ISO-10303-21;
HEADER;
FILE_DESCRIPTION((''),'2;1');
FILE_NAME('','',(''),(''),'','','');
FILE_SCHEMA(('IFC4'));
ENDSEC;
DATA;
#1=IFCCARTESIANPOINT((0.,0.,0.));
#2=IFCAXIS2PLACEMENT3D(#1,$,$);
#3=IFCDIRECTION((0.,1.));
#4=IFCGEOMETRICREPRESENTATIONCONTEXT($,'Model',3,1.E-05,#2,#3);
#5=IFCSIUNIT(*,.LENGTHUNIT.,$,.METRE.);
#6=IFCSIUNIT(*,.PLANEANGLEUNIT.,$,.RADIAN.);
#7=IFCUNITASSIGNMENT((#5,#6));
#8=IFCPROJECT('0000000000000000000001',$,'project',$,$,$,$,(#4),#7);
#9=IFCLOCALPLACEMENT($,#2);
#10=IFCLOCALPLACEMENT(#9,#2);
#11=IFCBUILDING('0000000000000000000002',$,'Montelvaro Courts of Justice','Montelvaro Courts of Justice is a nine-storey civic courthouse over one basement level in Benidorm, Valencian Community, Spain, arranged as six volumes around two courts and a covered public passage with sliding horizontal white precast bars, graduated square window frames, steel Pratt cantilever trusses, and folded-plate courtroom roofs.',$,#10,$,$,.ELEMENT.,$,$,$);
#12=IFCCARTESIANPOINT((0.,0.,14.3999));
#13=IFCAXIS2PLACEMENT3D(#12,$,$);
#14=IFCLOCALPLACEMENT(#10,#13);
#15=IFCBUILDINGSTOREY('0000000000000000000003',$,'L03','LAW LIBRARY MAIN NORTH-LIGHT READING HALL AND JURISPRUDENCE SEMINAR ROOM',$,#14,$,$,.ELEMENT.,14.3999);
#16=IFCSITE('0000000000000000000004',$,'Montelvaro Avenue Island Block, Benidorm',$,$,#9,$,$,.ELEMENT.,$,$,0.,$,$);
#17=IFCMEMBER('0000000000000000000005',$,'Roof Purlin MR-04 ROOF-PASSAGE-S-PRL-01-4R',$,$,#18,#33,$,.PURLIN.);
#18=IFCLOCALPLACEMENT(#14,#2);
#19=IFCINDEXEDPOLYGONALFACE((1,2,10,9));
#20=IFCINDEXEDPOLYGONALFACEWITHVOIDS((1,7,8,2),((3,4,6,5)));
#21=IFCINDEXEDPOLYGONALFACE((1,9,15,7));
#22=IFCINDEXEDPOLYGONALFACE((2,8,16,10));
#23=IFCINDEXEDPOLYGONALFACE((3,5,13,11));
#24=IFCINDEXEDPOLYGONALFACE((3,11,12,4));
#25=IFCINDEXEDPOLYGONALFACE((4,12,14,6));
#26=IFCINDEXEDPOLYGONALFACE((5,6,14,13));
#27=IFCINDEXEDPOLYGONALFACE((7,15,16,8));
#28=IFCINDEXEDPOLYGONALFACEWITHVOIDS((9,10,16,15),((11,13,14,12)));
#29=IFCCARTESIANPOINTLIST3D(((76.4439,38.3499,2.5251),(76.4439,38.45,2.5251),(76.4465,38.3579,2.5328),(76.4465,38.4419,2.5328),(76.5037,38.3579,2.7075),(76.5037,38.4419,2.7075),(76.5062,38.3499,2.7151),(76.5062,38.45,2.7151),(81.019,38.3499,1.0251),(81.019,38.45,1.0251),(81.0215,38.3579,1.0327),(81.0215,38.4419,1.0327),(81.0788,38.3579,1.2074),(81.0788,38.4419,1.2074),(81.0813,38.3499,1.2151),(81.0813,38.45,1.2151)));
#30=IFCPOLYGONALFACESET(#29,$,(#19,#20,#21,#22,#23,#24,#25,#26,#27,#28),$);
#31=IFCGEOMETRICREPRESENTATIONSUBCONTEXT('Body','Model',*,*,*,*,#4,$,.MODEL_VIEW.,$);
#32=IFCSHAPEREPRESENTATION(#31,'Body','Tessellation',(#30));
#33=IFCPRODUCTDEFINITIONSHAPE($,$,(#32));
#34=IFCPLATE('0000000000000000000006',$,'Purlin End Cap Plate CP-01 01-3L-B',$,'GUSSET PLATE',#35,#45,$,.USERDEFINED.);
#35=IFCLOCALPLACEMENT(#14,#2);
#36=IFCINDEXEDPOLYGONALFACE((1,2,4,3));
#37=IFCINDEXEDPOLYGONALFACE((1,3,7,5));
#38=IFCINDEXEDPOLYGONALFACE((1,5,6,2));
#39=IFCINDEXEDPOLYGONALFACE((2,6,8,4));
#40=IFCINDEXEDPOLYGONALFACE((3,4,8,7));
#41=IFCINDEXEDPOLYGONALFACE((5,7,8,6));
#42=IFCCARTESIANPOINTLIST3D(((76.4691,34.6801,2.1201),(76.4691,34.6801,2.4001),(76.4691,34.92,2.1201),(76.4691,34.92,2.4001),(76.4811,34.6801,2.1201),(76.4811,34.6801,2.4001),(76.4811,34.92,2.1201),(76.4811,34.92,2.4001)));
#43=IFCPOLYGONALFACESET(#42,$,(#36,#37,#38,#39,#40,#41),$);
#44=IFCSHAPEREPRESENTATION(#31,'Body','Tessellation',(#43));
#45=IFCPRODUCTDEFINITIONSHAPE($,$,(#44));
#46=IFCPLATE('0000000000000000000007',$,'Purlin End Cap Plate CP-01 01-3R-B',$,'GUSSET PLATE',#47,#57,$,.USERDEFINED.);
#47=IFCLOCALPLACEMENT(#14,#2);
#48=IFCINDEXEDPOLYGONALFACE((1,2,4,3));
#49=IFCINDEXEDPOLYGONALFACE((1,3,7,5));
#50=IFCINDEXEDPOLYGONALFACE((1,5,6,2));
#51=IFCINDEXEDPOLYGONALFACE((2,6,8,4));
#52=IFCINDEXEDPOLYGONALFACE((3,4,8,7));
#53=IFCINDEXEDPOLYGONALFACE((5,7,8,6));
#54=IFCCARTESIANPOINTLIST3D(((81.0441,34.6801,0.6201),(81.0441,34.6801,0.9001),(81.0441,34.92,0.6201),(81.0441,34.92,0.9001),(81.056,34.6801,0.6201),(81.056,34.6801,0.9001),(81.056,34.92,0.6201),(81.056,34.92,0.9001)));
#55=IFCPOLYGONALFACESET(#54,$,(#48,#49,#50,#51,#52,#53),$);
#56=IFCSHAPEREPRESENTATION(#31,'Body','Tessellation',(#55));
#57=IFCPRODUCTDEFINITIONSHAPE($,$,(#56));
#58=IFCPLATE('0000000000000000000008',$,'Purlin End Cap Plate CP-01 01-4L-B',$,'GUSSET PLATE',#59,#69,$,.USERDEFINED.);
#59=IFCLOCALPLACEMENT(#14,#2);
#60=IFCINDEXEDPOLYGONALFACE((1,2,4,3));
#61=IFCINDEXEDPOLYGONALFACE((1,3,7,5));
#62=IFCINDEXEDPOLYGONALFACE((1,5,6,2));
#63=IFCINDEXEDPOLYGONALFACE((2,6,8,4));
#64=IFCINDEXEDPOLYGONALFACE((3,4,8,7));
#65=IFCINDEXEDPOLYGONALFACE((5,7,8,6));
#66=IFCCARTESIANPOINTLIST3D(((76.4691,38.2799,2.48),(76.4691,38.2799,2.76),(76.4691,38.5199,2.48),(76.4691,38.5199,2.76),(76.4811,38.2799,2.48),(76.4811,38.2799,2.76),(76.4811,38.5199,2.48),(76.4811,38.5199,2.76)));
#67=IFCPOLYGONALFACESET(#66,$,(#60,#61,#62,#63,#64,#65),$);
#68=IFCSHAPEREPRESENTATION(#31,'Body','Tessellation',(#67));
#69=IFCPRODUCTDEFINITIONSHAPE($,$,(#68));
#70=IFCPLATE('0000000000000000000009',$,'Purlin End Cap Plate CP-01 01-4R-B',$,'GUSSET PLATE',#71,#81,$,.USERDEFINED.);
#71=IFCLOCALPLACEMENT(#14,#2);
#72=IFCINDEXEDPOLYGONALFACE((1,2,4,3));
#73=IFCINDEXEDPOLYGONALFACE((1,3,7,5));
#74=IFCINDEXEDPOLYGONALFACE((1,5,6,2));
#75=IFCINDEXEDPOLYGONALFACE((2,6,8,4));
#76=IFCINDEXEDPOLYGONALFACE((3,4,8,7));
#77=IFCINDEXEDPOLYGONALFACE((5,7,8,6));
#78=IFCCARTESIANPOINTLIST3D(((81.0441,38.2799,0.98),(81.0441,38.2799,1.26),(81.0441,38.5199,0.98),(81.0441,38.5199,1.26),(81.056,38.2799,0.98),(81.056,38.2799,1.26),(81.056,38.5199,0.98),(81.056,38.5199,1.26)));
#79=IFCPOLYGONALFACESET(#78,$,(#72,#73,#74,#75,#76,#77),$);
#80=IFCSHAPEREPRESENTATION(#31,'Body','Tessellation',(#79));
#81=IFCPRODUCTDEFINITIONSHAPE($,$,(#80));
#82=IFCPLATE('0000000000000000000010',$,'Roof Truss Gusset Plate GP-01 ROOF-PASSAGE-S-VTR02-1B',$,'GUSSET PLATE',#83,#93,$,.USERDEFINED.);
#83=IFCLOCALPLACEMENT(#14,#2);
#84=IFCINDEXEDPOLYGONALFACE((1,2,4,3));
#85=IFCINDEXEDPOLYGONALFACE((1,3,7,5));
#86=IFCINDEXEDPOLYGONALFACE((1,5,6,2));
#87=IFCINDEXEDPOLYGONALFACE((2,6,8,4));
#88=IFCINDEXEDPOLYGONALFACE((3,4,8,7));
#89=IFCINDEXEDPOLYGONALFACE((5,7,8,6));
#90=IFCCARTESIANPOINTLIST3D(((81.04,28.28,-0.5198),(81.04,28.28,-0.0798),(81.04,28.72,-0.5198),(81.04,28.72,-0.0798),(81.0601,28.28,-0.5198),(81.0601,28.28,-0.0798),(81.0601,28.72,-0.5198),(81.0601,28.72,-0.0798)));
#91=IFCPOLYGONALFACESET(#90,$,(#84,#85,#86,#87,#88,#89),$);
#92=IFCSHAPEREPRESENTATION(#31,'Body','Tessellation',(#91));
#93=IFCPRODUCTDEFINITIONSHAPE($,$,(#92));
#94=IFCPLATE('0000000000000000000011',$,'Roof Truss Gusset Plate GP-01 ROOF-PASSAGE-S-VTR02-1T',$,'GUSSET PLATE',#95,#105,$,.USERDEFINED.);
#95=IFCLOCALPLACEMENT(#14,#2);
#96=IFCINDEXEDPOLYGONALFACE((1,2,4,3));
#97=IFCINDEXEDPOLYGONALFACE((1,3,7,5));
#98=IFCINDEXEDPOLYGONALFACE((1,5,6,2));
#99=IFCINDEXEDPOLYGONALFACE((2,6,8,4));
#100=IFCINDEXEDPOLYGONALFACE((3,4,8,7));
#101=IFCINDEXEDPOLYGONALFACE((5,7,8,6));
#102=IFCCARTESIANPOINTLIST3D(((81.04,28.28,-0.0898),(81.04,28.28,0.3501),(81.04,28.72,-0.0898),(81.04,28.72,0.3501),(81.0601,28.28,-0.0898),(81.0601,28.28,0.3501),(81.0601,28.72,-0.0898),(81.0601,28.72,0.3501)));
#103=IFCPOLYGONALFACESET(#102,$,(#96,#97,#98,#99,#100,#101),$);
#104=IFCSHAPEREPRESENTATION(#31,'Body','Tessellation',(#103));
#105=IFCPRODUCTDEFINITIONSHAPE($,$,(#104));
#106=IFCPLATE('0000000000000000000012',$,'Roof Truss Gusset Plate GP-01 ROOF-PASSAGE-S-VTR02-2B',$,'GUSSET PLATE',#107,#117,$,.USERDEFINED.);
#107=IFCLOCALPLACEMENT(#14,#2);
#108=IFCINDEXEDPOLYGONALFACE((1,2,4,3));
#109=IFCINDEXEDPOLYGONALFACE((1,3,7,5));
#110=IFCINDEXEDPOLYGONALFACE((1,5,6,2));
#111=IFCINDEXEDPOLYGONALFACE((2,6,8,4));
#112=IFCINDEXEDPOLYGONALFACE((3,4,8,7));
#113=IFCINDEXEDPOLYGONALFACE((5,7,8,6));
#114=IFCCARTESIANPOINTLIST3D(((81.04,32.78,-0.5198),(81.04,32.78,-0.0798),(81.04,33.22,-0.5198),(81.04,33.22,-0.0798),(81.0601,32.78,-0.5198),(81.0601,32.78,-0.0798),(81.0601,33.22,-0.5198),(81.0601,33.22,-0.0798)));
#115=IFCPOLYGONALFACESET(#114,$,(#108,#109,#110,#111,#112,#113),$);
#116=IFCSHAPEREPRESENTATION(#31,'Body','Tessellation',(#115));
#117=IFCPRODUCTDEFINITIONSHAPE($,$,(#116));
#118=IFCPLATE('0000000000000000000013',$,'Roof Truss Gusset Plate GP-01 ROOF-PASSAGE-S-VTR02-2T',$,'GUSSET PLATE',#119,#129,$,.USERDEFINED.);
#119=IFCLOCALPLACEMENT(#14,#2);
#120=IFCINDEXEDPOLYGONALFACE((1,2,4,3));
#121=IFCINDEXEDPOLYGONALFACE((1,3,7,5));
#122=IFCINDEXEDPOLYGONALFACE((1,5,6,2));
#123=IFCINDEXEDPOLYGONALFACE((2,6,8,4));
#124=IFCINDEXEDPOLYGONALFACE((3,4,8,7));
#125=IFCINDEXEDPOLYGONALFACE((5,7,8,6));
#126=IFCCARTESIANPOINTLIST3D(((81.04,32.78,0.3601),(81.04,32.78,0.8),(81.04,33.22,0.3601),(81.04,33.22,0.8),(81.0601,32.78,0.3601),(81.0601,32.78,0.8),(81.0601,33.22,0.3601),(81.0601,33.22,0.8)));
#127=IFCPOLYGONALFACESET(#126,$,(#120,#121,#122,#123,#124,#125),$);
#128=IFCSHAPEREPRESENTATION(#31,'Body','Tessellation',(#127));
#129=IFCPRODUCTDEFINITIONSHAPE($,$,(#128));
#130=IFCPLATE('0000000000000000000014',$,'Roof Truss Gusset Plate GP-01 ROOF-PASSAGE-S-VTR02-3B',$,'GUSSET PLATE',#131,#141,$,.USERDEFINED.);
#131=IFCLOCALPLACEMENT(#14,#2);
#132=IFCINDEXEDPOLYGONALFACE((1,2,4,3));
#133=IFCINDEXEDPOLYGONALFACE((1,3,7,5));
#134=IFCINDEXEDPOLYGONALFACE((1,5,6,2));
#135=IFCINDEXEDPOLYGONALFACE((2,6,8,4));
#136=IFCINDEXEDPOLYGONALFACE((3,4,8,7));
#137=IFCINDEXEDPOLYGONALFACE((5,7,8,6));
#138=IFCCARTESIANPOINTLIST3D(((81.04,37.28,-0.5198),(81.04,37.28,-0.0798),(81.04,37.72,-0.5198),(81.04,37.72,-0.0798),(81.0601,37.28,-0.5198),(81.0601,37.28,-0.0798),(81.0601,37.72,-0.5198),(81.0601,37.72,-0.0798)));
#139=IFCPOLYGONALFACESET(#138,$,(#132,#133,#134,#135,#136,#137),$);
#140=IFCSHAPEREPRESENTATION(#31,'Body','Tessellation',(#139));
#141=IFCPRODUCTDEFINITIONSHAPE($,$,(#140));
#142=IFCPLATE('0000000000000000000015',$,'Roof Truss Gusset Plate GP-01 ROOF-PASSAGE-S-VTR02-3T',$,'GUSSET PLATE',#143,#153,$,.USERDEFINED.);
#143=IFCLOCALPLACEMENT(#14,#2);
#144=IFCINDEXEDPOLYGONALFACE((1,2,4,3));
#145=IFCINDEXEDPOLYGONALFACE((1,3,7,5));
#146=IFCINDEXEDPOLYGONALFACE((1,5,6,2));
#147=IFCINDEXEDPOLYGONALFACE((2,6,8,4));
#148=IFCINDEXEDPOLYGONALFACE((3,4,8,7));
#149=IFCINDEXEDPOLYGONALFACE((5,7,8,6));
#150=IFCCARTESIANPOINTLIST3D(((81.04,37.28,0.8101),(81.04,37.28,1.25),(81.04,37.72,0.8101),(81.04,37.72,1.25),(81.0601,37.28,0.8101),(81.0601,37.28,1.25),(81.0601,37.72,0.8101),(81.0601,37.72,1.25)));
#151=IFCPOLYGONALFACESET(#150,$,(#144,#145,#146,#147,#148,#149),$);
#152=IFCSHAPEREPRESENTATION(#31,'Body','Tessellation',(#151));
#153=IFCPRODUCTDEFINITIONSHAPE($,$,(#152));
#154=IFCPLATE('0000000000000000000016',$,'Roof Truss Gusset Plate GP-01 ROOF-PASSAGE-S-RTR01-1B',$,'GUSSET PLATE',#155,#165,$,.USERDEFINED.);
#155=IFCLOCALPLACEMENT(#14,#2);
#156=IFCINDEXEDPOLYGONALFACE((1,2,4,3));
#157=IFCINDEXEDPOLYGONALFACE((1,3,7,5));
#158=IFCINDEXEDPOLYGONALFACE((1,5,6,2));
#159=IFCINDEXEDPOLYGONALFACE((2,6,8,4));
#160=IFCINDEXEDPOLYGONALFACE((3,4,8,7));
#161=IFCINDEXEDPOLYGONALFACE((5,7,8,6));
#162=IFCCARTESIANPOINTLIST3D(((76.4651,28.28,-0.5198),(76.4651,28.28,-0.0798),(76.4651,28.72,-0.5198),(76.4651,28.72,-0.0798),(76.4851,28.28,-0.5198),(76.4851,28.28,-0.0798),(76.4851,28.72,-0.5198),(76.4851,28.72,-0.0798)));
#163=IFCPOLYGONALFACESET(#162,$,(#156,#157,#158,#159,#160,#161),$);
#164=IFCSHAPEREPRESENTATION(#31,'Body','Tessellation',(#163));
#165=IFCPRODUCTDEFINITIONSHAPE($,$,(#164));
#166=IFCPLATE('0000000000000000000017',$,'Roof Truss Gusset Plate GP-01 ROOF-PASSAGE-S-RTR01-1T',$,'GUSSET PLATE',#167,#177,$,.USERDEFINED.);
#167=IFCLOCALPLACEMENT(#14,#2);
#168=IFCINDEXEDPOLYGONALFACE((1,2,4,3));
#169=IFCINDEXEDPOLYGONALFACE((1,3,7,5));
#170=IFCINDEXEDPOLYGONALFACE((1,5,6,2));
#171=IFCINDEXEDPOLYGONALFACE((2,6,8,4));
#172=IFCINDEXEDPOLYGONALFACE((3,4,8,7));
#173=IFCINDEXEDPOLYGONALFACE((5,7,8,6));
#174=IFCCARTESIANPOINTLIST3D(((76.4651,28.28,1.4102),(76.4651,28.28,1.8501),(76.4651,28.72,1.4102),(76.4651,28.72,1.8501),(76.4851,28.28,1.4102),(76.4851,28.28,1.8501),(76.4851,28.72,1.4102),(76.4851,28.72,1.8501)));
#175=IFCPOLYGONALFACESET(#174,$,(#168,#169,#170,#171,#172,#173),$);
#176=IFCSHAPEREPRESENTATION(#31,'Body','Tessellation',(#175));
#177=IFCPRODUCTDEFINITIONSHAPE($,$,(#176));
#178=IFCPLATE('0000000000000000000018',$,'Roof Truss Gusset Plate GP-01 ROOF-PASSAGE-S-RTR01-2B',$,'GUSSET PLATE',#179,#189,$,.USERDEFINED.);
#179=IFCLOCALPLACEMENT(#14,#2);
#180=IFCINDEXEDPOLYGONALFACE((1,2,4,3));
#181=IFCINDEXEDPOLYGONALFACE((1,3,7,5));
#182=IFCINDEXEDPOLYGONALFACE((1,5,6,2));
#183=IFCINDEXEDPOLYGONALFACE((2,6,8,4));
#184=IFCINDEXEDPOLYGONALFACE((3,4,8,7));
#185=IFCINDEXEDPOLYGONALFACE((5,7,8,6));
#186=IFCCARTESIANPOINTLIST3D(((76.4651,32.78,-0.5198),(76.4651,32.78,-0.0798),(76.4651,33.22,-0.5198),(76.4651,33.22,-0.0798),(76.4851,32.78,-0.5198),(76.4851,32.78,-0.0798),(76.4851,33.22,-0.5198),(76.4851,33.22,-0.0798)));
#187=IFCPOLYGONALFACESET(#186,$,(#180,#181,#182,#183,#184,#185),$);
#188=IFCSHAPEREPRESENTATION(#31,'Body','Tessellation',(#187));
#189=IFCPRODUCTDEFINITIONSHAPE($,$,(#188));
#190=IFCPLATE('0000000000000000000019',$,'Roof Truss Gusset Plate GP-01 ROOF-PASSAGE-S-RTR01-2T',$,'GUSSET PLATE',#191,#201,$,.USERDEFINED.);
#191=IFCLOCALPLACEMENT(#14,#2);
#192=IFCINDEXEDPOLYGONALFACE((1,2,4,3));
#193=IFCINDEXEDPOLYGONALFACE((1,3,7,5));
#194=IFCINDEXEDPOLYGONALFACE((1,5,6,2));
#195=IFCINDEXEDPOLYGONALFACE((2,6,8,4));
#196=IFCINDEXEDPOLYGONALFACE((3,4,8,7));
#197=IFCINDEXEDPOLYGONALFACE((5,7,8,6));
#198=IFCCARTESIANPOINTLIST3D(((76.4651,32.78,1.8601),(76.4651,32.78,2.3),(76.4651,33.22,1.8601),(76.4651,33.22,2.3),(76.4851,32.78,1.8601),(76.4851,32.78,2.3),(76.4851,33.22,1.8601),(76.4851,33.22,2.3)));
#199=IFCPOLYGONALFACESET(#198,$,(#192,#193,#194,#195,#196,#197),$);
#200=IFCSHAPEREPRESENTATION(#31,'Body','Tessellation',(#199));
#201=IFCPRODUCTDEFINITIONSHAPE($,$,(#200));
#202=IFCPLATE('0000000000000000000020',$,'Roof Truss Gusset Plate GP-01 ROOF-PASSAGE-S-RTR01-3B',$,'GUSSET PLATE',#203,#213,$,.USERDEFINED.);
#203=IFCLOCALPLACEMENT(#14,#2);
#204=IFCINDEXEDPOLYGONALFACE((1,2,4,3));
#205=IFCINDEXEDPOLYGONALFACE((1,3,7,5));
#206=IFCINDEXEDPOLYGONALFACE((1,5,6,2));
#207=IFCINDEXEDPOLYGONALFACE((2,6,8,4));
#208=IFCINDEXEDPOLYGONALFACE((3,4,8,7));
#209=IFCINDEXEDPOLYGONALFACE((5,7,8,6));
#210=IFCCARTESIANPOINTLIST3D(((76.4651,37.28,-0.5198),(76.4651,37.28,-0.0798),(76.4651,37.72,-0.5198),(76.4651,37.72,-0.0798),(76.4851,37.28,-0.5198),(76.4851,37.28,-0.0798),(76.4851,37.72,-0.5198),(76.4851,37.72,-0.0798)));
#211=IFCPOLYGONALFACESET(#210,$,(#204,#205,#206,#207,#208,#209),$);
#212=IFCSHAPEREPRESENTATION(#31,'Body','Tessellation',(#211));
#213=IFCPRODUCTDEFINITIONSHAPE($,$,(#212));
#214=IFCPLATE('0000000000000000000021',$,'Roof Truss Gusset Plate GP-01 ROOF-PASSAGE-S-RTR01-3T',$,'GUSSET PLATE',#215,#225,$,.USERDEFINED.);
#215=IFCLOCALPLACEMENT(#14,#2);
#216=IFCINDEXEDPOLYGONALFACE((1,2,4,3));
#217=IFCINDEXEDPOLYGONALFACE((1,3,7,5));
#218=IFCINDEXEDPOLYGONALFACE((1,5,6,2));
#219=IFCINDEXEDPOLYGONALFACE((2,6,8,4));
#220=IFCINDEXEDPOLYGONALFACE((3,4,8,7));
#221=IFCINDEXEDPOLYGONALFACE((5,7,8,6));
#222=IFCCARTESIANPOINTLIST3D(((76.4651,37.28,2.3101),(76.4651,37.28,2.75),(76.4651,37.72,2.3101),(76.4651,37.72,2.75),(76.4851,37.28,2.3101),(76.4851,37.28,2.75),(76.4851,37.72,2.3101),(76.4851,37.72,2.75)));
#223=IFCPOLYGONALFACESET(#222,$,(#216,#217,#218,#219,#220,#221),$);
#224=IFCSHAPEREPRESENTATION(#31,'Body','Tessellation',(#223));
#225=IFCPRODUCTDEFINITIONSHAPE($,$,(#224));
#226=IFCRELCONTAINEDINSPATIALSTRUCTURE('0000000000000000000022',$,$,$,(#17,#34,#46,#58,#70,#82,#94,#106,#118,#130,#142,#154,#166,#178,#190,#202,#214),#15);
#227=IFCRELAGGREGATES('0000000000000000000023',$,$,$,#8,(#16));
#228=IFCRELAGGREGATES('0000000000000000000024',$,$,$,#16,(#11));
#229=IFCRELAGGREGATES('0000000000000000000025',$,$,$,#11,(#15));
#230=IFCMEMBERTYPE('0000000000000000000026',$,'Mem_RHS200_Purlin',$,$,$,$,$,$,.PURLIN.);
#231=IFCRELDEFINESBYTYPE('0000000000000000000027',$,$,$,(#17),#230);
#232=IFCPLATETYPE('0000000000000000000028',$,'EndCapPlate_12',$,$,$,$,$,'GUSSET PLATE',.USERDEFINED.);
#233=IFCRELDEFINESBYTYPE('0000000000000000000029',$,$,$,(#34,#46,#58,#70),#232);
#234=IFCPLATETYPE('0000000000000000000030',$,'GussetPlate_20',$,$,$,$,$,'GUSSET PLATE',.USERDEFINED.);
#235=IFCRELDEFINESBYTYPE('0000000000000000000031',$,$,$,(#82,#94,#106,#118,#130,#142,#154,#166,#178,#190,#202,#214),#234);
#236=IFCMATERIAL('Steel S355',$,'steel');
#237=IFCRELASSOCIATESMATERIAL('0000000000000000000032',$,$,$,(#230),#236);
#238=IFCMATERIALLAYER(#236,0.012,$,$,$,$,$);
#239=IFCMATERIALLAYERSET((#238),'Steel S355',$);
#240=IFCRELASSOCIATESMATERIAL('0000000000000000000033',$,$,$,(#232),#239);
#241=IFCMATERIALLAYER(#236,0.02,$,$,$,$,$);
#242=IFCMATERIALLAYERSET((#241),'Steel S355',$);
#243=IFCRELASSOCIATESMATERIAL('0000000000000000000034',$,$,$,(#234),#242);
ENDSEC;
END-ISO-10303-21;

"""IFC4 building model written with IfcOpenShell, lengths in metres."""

from ifc_helpers import new_model, si_unit, direction, frame, origin, origin_2d, place, context, subcontext, project, spatial, rectangle, hollow_rectangle, extrude, material, layer, layer_set, material_profile, profile_set, type_object, element, save


model = new_model("IFC4")

# Units and contexts
model_context = context("Model", 3, precision=1e-05, world=origin(), true_north=direction((0.0, 1.0)))
body_context = subcontext(model_context, "Body", "Model", "MODEL_VIEW")
ifc_project = project(units=[si_unit("LENGTHUNIT", "METRE"), si_unit("PLANEANGLEUNIT", "RADIAN")], contexts=[model_context])

# Site, building, storey
site_placement = place(None, origin())
site = spatial("IfcSite", under=ifc_project, at=site_placement, Name="Montelvaro Avenue Island Block, Benidorm", CompositionType="ELEMENT", RefElevation=0.0)
building_placement = place(site_placement, origin())
building = spatial("IfcBuilding", under=site, at=building_placement, Name="Montelvaro Courts of Justice", Description="Montelvaro Courts of Justice is a nine-storey civic courthouse over one basement level in Benidorm, Valencian Community, Spain, arranged as six volumes around two courts and a covered public passage with sliding horizontal white precast bars, graduated square window frames, steel Pratt cantilever trusses, and folded-plate courtroom roofs.", CompositionType="ELEMENT")
storey_placement = place(building_placement, frame((0.0, 0.0, 14.3999)))
storey = spatial("IfcBuildingStorey", under=building, at=storey_placement, Name="L03", Description="LAW LIBRARY MAIN NORTH-LIGHT READING HALL AND JURISPRUDENCE SEMINAR ROOM", CompositionType="ELEMENT", Elevation=14.3999)

# Member
ifc_material = material(Name="Steel S355", Category="steel")
ifc_material_profile_1 = material_profile(ifc_material, hollow_rectangle(XDim=0.1001, YDim=0.2, WallThickness=0.0081, at=origin_2d()), Name="RHS 200x100x8")
ifc_profile_set_1 = profile_set([ifc_material_profile_1], Name="Steel S355")
member_type_1 = type_object("IfcMemberType", Name="Mem_RHS200_Purlin", PredefinedType="PURLIN", material=ifc_profile_set_1)
member_1_placement = place(storey_placement, frame((76.4751, 38.3999, 2.6201), z_axis=(0.950229, 0.0, -0.311554), x_axis=(0.0, 1.0, 0.0)))
element("IfcMember", 1, at=member_1_placement, inside=storey, type_object=member_type_1, Name="Roof Purlin MR-04 ROOF-PASSAGE-S-PRL-01-4R", PredefinedType="PURLIN", context=body_context, shape_type="SweptSolid", body=[
    extrude(hollow_rectangle(XDim=0.1001, YDim=0.2, WallThickness=0.0081, at=origin_2d()), origin(), (0.0, 0.0, 1.0), 4.8147),
])

# Plates
ifc_layer_1 = layer(ifc_material, 0.012)
ifc_layer_set_1 = layer_set([ifc_layer_1], Name="Steel S355")
plate_type_1 = type_object("IfcPlateType", Name="EndCapPlate_12", ElementType="GUSSET PLATE", PredefinedType="USERDEFINED", material=ifc_layer_set_1)
for number, where, z_axis, x_axis, name in (
    (2, (76.4751, 34.8, 2.1201), (0.0, 0.0, 1.0), (1.0, 0.0, 0.0), "Purlin End Cap Plate CP-01 01-3L-B"),
    (3, (81.05, 34.8, 0.6201), (0.0, 0.0, 1.0), (1.0, 0.0, 0.0), "Purlin End Cap Plate CP-01 01-3R-B"),
    (4, (76.4751, 38.3999, 2.48), (0.0, 0.0, 1.0), (1.0, 0.0, 0.0), "Purlin End Cap Plate CP-01 01-4L-B"),
    (5, (81.05, 38.3999, 0.98), (0.0, 0.0, 1.0), (1.0, 0.0, 0.0), "Purlin End Cap Plate CP-01 01-4R-B"),
):
    element("IfcPlate", number, at=place(storey_placement, frame(where, z_axis=z_axis, x_axis=x_axis)), inside=storey, type_object=plate_type_1, Name=name, ObjectType="GUSSET PLATE", PredefinedType="USERDEFINED", context=body_context, shape_type="SweptSolid", body=[
        extrude(rectangle(XDim=0.012, YDim=0.24, at=origin_2d()), origin(), (0.0, 0.0, 1.0), 0.28),
    ])
ifc_layer_2 = layer(ifc_material, 0.02)
ifc_layer_set_2 = layer_set([ifc_layer_2], Name="Steel S355")
plate_type_2 = type_object("IfcPlateType", Name="GussetPlate_20", ElementType="GUSSET PLATE", PredefinedType="USERDEFINED", material=ifc_layer_set_2)
for number, where, z_axis, x_axis, name in (
    (6, (81.05, 28.5, -0.5198), (0.0, 0.0, 1.0), (1.0, 0.0, 0.0), "Roof Truss Gusset Plate GP-01 ROOF-PASSAGE-S-VTR02-1B"),
    (7, (81.05, 28.5, -0.0898), (0.0, 0.0, 1.0), (1.0, 0.0, 0.0), "Roof Truss Gusset Plate GP-01 ROOF-PASSAGE-S-VTR02-1T"),
    (8, (81.05, 33.0, -0.5198), (0.0, 0.0, 1.0), (1.0, 0.0, 0.0), "Roof Truss Gusset Plate GP-01 ROOF-PASSAGE-S-VTR02-2B"),
    (9, (81.05, 33.0, 0.3601), (0.0, 0.0, 1.0), (1.0, 0.0, 0.0), "Roof Truss Gusset Plate GP-01 ROOF-PASSAGE-S-VTR02-2T"),
    (10, (81.05, 37.5, -0.5198), (0.0, 0.0, 1.0), (1.0, 0.0, 0.0), "Roof Truss Gusset Plate GP-01 ROOF-PASSAGE-S-VTR02-3B"),
    (11, (81.05, 37.5, 0.8101), (0.0, 0.0, 1.0), (1.0, 0.0, 0.0), "Roof Truss Gusset Plate GP-01 ROOF-PASSAGE-S-VTR02-3T"),
    (12, (76.4751, 28.5, -0.5198), (0.0, 0.0, 1.0), (1.0, 0.0, 0.0), "Roof Truss Gusset Plate GP-01 ROOF-PASSAGE-S-RTR01-1B"),
    (13, (76.4751, 28.5, 1.4102), (0.0, 0.0, 1.0), (1.0, 0.0, 0.0), "Roof Truss Gusset Plate GP-01 ROOF-PASSAGE-S-RTR01-1T"),
    (14, (76.4751, 33.0, -0.5198), (0.0, 0.0, 1.0), (1.0, 0.0, 0.0), "Roof Truss Gusset Plate GP-01 ROOF-PASSAGE-S-RTR01-2B"),
    (15, (76.4751, 33.0, 1.8601), (0.0, 0.0, 1.0), (1.0, 0.0, 0.0), "Roof Truss Gusset Plate GP-01 ROOF-PASSAGE-S-RTR01-2T"),
    (16, (76.4751, 37.5, -0.5198), (0.0, 0.0, 1.0), (1.0, 0.0, 0.0), "Roof Truss Gusset Plate GP-01 ROOF-PASSAGE-S-RTR01-3B"),
    (17, (76.4751, 37.5, 2.3101), (0.0, 0.0, 1.0), (1.0, 0.0, 0.0), "Roof Truss Gusset Plate GP-01 ROOF-PASSAGE-S-RTR01-3T"),
):
    element("IfcPlate", number, at=place(storey_placement, frame(where, z_axis=z_axis, x_axis=x_axis)), inside=storey, type_object=plate_type_2, Name=name, ObjectType="GUSSET PLATE", PredefinedType="USERDEFINED", context=body_context, shape_type="SweptSolid", body=[
        extrude(rectangle(XDim=0.02, YDim=0.4399, at=origin_2d()), origin(), (0.0, 0.0, 1.0), 0.4399),
    ])

save(model, "model.ifc")
